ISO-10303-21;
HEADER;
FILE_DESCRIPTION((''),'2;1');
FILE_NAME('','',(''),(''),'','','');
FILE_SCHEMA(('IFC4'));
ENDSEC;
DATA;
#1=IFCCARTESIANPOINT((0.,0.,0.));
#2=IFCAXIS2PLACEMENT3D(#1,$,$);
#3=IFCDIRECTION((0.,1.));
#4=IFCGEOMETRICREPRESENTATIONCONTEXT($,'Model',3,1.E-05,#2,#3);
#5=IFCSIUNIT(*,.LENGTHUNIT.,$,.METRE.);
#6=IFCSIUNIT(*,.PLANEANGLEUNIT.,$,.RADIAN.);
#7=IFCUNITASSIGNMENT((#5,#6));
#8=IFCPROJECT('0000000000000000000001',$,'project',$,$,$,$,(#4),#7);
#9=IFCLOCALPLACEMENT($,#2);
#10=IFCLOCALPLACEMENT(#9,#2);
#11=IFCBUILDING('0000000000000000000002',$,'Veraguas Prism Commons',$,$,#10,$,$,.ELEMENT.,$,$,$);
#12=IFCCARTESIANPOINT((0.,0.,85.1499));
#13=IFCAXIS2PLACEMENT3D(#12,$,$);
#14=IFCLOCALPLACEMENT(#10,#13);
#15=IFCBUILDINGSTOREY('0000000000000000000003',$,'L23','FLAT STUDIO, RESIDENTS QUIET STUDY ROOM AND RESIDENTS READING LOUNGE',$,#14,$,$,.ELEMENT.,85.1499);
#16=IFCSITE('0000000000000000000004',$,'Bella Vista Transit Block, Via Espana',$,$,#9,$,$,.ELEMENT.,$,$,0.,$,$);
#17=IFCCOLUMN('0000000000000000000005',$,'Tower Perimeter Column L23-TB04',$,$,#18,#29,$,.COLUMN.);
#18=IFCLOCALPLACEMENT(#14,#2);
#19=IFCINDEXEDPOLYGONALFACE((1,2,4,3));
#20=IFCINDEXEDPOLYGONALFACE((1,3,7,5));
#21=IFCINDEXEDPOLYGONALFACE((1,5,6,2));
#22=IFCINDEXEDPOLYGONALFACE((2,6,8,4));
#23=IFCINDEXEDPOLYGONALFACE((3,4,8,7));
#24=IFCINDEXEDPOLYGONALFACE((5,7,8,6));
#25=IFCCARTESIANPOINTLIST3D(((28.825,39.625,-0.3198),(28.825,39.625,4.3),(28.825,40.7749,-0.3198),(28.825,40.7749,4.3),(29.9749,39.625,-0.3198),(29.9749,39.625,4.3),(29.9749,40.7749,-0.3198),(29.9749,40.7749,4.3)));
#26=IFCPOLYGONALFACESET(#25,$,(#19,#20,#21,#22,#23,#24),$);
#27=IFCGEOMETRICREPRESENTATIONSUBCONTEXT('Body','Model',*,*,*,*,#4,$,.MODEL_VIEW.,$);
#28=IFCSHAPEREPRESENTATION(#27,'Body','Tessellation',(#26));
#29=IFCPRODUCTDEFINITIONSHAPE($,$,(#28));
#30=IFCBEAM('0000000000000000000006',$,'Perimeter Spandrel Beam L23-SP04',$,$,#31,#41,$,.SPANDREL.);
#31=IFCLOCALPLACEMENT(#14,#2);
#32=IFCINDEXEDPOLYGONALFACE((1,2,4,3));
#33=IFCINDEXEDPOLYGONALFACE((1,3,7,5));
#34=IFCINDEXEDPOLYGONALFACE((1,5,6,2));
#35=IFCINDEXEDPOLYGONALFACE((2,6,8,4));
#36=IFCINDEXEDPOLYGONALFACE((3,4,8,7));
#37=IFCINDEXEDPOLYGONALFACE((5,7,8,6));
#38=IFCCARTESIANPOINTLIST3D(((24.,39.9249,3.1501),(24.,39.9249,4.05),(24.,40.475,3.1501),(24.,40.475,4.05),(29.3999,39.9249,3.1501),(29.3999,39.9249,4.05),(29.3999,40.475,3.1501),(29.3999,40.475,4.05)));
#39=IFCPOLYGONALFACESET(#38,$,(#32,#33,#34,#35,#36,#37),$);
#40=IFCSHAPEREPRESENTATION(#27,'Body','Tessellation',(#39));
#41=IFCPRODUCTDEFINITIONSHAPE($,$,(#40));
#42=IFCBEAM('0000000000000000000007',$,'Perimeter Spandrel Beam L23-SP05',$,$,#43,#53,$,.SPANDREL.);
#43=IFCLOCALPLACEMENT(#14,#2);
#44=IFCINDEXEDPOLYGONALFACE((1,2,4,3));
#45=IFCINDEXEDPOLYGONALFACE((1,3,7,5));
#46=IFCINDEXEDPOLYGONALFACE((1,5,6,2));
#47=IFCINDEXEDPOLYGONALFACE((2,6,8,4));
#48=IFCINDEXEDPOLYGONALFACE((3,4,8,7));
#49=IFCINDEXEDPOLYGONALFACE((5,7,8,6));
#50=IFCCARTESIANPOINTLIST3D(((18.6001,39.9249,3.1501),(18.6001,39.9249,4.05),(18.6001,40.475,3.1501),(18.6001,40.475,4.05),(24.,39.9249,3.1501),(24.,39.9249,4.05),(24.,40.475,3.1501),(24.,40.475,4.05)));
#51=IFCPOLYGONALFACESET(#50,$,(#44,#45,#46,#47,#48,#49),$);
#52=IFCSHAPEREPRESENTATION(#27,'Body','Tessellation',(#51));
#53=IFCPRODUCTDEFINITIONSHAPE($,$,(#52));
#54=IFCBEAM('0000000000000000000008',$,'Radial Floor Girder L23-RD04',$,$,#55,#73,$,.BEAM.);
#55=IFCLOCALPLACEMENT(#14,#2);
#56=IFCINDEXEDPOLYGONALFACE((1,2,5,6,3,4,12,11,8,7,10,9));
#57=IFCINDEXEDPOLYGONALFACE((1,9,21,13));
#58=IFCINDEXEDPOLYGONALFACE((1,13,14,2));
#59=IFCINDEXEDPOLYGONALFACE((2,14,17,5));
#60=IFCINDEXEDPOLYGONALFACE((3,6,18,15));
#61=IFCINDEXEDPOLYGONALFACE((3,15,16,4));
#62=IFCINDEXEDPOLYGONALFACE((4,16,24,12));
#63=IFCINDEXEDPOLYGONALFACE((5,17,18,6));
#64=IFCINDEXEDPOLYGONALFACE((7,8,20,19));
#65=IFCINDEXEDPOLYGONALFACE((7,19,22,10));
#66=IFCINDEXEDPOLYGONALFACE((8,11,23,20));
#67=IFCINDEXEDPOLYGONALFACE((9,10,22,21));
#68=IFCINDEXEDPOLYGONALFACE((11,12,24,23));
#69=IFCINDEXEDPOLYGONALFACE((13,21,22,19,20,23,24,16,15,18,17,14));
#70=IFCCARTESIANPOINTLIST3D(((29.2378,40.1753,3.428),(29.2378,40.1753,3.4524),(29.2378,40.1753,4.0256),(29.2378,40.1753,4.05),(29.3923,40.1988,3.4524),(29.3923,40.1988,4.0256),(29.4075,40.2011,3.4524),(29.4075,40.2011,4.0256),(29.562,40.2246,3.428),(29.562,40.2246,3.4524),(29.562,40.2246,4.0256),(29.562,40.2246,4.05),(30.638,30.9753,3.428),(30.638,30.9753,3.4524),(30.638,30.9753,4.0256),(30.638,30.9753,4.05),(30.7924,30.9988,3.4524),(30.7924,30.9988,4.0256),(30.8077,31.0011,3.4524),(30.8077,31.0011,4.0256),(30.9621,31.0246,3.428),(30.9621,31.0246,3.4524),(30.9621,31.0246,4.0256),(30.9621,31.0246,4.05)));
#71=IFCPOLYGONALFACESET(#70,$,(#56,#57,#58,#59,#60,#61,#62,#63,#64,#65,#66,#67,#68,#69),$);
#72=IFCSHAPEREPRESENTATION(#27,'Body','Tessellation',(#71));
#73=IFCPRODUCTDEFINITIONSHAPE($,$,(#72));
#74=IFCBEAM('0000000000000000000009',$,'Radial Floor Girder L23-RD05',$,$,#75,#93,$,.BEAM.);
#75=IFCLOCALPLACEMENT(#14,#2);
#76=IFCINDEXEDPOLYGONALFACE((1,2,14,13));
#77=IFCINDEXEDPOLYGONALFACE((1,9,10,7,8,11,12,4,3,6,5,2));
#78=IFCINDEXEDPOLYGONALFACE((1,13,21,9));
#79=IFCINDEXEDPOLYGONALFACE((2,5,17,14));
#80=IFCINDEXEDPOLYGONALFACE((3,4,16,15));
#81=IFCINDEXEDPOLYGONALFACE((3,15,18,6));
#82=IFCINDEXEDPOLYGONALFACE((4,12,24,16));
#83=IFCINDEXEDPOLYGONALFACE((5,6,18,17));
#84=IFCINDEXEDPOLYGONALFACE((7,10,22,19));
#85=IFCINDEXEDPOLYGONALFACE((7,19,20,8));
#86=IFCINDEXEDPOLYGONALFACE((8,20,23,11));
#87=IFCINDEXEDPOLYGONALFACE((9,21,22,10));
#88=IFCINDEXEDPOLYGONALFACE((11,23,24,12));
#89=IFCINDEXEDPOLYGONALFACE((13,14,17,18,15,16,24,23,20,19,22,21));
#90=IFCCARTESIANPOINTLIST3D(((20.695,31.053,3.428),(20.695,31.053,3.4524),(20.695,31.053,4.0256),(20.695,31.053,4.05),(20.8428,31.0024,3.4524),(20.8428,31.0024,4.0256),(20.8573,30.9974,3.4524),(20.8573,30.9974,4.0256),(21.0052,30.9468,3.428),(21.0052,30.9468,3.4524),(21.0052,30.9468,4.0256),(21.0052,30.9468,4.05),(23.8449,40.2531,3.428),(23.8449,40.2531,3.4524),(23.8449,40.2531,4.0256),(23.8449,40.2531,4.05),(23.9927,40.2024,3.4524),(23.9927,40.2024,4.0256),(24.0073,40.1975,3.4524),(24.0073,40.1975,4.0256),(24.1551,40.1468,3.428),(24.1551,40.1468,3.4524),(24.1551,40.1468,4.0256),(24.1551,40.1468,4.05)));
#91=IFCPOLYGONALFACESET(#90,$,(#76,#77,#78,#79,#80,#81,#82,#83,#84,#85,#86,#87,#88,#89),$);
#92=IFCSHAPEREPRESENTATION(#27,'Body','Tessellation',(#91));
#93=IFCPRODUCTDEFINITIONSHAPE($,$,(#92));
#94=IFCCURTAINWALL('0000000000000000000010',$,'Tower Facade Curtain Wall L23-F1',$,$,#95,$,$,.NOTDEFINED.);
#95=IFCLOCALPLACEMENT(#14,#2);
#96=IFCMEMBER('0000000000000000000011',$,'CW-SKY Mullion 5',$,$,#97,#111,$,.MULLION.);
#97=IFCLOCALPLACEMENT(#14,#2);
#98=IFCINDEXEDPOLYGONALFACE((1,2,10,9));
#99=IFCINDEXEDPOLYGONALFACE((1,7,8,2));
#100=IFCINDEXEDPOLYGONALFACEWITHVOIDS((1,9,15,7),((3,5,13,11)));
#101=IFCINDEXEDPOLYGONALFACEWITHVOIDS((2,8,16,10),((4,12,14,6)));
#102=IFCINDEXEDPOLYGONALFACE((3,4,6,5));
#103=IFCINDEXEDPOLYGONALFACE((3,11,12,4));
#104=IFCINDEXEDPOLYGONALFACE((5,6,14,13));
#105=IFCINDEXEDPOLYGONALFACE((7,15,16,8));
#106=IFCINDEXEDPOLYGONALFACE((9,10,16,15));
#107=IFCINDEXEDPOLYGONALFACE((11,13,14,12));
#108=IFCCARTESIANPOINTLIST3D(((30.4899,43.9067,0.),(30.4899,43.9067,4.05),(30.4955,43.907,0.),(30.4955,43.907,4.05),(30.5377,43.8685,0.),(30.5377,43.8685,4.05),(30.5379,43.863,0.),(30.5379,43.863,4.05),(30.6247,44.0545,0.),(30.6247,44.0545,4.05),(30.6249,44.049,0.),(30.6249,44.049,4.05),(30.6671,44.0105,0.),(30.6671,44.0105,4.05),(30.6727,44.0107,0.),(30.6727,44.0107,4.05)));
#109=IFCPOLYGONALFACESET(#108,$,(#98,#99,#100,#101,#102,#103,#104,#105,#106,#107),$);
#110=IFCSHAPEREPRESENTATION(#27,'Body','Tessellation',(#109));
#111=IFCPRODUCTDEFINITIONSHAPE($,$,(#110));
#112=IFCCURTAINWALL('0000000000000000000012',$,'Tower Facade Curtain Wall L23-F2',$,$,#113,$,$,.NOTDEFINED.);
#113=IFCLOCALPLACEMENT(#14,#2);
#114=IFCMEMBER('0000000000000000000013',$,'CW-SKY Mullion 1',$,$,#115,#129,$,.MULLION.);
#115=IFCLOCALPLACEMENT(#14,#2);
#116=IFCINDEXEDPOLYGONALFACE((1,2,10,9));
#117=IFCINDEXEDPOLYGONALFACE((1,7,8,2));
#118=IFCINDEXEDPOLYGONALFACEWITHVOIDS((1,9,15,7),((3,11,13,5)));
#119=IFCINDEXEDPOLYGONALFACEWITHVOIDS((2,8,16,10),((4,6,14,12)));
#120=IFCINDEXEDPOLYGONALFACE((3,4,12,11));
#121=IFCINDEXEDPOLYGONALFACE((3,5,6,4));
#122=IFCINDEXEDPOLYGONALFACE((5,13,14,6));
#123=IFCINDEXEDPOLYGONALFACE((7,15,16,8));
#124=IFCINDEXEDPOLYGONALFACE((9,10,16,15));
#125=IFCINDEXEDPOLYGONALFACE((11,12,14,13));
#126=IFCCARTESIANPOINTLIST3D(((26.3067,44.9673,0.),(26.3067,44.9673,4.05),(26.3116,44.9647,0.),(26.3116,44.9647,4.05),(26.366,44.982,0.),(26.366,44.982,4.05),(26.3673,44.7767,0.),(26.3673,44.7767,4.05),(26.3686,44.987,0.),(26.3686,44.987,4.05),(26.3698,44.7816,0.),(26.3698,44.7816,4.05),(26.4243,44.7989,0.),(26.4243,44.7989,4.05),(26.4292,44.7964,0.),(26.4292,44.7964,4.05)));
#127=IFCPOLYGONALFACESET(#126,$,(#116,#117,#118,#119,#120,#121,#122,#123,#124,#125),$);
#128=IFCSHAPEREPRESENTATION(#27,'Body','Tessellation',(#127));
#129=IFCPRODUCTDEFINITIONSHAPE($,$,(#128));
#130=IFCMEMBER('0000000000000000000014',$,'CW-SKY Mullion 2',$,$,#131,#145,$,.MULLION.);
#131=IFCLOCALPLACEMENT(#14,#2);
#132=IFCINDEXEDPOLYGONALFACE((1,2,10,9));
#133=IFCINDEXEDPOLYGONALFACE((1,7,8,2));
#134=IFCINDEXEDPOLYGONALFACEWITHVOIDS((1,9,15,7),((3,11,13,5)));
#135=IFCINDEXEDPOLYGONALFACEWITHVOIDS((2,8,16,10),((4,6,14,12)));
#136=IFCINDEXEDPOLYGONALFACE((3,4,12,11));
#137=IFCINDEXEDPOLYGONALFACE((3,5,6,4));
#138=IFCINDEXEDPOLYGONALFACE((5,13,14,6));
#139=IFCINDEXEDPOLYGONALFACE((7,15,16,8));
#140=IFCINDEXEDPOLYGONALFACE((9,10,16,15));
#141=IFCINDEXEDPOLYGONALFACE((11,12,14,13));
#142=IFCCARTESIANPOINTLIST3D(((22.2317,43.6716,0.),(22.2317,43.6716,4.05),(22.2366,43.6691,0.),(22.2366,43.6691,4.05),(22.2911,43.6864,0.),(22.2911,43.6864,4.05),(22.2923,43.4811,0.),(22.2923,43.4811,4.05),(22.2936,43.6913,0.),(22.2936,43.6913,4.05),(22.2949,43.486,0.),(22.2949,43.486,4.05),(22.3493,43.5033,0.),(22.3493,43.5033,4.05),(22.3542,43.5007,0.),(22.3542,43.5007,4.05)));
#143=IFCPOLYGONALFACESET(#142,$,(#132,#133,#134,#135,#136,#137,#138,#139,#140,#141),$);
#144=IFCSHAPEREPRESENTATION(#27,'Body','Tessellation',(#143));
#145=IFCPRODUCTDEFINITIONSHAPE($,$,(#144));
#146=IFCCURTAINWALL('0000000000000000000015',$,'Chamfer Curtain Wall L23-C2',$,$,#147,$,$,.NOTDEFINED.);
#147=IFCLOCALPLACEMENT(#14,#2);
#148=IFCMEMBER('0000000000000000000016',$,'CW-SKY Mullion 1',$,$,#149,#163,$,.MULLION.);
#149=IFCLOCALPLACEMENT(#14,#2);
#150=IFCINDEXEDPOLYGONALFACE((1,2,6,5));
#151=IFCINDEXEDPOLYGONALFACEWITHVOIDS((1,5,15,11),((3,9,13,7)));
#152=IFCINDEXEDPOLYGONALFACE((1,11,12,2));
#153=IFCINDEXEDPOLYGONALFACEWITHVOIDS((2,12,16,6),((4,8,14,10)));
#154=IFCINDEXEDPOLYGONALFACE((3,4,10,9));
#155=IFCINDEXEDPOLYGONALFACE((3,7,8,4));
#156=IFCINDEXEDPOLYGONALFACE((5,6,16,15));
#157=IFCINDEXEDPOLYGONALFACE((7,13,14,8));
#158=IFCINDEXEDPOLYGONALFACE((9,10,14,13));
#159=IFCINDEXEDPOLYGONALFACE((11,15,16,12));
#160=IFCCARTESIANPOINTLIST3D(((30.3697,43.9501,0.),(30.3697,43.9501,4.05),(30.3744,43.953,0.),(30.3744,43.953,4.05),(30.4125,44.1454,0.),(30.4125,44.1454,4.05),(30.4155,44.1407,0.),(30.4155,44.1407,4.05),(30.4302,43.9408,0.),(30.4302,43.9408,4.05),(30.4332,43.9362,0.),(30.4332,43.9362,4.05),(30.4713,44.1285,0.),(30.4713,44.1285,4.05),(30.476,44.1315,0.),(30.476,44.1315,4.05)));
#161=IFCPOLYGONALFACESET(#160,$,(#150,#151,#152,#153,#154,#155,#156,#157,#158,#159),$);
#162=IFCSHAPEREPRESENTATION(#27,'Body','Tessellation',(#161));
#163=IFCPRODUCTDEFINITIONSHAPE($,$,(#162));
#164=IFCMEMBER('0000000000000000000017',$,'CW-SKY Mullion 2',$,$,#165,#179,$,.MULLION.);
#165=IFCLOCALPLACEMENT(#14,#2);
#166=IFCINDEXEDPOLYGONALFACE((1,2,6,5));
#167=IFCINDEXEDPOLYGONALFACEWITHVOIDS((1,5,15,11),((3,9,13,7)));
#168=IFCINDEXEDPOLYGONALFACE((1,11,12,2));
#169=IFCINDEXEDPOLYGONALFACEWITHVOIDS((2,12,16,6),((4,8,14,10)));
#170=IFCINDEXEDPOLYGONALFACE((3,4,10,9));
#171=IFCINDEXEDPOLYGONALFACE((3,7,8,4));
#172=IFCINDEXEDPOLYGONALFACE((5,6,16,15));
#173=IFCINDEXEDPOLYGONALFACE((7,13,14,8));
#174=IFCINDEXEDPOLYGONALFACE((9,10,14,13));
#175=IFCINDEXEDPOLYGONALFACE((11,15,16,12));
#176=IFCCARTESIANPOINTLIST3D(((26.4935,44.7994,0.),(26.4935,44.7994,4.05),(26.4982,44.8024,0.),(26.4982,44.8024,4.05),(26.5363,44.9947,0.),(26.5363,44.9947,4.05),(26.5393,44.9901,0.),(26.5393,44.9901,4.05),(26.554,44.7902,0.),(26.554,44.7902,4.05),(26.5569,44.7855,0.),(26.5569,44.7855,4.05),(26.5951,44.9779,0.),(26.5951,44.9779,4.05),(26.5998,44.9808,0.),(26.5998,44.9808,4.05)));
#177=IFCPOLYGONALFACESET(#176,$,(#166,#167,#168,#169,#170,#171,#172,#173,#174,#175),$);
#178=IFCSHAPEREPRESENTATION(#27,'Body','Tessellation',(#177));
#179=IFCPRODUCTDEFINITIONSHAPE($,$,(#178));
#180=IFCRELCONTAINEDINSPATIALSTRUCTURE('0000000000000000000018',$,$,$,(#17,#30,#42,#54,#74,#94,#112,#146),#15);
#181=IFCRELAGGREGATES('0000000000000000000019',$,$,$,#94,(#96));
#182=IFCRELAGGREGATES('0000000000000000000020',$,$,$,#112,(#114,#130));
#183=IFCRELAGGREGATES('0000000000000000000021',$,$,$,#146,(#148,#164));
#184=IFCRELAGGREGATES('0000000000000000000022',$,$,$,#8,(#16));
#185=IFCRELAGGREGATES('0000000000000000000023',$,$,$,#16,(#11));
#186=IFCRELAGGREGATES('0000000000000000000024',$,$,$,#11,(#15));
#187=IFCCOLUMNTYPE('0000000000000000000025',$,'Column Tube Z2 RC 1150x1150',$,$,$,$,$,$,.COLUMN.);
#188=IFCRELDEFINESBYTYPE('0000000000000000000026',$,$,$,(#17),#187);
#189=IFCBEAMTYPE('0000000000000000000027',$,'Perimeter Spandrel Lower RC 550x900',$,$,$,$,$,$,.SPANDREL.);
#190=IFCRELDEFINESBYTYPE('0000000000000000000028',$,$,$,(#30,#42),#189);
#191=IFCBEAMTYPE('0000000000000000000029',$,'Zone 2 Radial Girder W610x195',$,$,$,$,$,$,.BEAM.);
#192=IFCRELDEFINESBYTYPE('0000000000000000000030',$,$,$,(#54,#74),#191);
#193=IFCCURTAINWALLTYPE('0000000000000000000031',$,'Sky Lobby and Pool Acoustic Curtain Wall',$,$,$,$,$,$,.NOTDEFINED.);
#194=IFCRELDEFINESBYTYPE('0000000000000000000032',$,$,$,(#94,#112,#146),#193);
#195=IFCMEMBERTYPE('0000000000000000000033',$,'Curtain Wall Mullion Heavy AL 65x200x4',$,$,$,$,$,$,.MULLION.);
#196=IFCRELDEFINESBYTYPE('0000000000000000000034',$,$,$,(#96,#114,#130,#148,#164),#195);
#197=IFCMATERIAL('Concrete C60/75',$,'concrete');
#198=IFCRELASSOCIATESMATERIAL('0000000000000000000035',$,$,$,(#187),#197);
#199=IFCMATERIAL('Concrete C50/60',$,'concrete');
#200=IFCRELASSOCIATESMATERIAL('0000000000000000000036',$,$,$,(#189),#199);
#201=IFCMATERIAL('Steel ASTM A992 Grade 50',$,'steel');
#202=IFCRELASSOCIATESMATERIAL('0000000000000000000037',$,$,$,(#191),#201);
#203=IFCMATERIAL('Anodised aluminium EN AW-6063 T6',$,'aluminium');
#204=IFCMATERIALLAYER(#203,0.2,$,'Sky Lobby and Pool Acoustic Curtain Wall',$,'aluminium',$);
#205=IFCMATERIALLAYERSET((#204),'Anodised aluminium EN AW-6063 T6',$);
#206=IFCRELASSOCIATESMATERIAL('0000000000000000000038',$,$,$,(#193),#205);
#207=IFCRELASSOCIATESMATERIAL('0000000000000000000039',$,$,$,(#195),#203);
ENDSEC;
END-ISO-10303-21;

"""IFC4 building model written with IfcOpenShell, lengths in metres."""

from ifc_helpers import new_model, si_unit, direction, frame, origin, origin_2d, place, context, subcontext, project, spatial, rectangle, hollow_rectangle, i_section, extrude, source, transform, mapped, material, layer, layer_set, material_profile, profile_set, type_object, element, aggregate, save


model = new_model("IFC4")

# Units and contexts
model_context = context("Model", 3, precision=1e-05, world=origin(), true_north=direction((0.0, 1.0)))
body_context = subcontext(model_context, "Body", "Model", "MODEL_VIEW")
ifc_project = project(units=[si_unit("LENGTHUNIT", "METRE"), si_unit("PLANEANGLEUNIT", "RADIAN")], contexts=[model_context])

# Site, building, storey
site_placement = place(None, origin())
site = spatial("IfcSite", under=ifc_project, at=site_placement, Name="Bella Vista Transit Block, Via Espana", CompositionType="ELEMENT", RefElevation=0.0)
building_placement = place(site_placement, origin())
building = spatial("IfcBuilding", under=site, at=building_placement, Name="Veraguas Prism Commons", CompositionType="ELEMENT")
storey_placement = place(building_placement, frame((0.0, 0.0, 85.1499)))
storey = spatial("IfcBuildingStorey", under=building, at=storey_placement, Name="L23", Description="FLAT STUDIO, RESIDENTS QUIET STUDY ROOM AND RESIDENTS READING LOUNGE", CompositionType="ELEMENT", Elevation=85.1499)

# Column
ifc_material_1 = material(Name="Concrete C60/75", Category="concrete")
ifc_material_profile_1 = material_profile(ifc_material_1, rectangle(XDim=1.1499, YDim=1.1499, at=origin_2d()), Name="RC1150X1150")
ifc_profile_set_1 = profile_set([ifc_material_profile_1], Name="Concrete C60/75")
column_type = type_object("IfcColumnType", Name="Column Tube Z2 RC 1150x1150", PredefinedType="COLUMN", material=ifc_profile_set_1)
column_placement = place(storey_placement, frame((29.3999, 40.2, -0.3198), z_axis=(0.0, 0.0, 1.0), x_axis=(1.0, 0.0, 0.0)))
element("IfcColumn", 1, at=column_placement, inside=storey, type_object=column_type, Name="Tower Perimeter Column L23-TB04", PredefinedType="COLUMN", context=body_context, shape_type="SweptSolid", body=[
    extrude(rectangle(XDim=1.1499, YDim=1.1499, at=origin_2d()), origin(), (0.0, 0.0, 1.0), 4.6199),
])

# Beams
ifc_material_2 = material(Name="Concrete C50/60", Category="concrete")
ifc_material_profile_2 = material_profile(ifc_material_2, rectangle(XDim=0.55, YDim=0.8999, at=origin_2d()), Name="RC550X900")
ifc_profile_set_2 = profile_set([ifc_material_profile_2], Name="Concrete C50/60")
beam_type_1 = type_object("IfcBeamType", Name="Perimeter Spandrel Lower RC 550x900", PredefinedType="SPANDREL", material=ifc_profile_set_2)
for number, where, z_axis, x_axis, name in (
    (2, (29.3999, 40.2, 3.6001), (-1.0, 0.0, 0.0), (0.0, -1.0, 0.0), "Perimeter Spandrel Beam L23-SP04"),
    (3, (24.0, 40.2, 3.6001), (-1.0, 0.0, 0.0), (0.0, -1.0, 0.0), "Perimeter Spandrel Beam L23-SP05"),
):
    element("IfcBeam", number, at=place(storey_placement, frame(where, z_axis=z_axis, x_axis=x_axis)), inside=storey, type_object=beam_type_1, Name=name, PredefinedType="SPANDREL", context=body_context, shape_type="SweptSolid", body=[
        extrude(rectangle(XDim=0.55, YDim=0.8999, at=origin_2d()), origin(), (0.0, 0.0, 1.0), 5.3999),
    ])
ifc_material_3 = material(Name="Steel ASTM A992 Grade 50", Category="steel")
ifc_material_profile_3 = material_profile(ifc_material_3, i_section(OverallWidth=0.3279, OverallDepth=0.6221, WebThickness=0.0154, FlangeThickness=0.0244, at=origin_2d()), Name="W610X195")
ifc_profile_set_3 = profile_set([ifc_material_profile_3], Name="Steel ASTM A992 Grade 50")
beam_type_2 = type_object("IfcBeamType", Name="Zone 2 Radial Girder W610x195", PredefinedType="BEAM", material=ifc_profile_set_3)
beam_1_placement = place(storey_placement, frame((29.3999, 40.2, 3.739), z_axis=(0.150458, -0.988616, 0.0), x_axis=(0.988616, 0.150458, 0.0)))
element("IfcBeam", 4, at=beam_1_placement, inside=storey, type_object=beam_type_2, Name="Radial Floor Girder L23-RD04", PredefinedType="BEAM", context=body_context, shape_type="SweptSolid", body=[
    extrude(i_section(OverallWidth=0.3279, OverallDepth=0.6221, WebThickness=0.0154, FlangeThickness=0.0244, at=origin_2d()), origin(), (0.0, 0.0, 1.0), 9.3059),
])
beam_2_placement = place(storey_placement, frame((24.0, 40.2, 3.739), z_axis=(-0.323922, -0.946084, 0.0), x_axis=(0.946084, -0.323922, 0.0)))
element("IfcBeam", 5, at=beam_2_placement, inside=storey, type_object=beam_type_2, Name="Radial Floor Girder L23-RD05", PredefinedType="BEAM", context=body_context, shape_type="SweptSolid", body=[
    extrude(i_section(OverallWidth=0.3279, OverallDepth=0.6221, WebThickness=0.0154, FlangeThickness=0.0244, at=origin_2d()), origin(), (0.0, 0.0, 1.0), 9.7244),
])

# Curtain wall, member
ifc_material_4 = material(Name="Anodised aluminium EN AW-6063 T6", Category="aluminium")
ifc_layer_1 = layer(ifc_material_4, 0.2, Name="Sky Lobby and Pool Acoustic Curtain Wall", Category="aluminium")
ifc_layer_set_1 = layer_set([ifc_layer_1], Name="Anodised aluminium EN AW-6063 T6")
curtain_wall_type = type_object("IfcCurtainWallType", Name="Sky Lobby and Pool Acoustic Curtain Wall", PredefinedType="NOTDEFINED", material=ifc_layer_set_1)
curtain_wall_1_placement = place(storey_placement, origin())
curtain_wall_1 = element("IfcCurtainWall", 6, at=curtain_wall_1_placement, inside=storey, type_object=curtain_wall_type, Name="Tower Facade Curtain Wall L23-F1", PredefinedType="NOTDEFINED")
ifc_material_profile_4 = material_profile(ifc_material_4, hollow_rectangle(XDim=0.0649, YDim=0.2, WallThickness=0.0039, at=origin_2d()), Name="AL65X200X4")
ifc_profile_set_4 = profile_set([ifc_material_profile_4], Name="Anodised aluminium EN AW-6063 T6")
member_type_1 = type_object("IfcMemberType", Name="Curtain Wall Mullion Heavy AL 65x200x4", PredefinedType="MULLION", material=ifc_profile_set_4)
shared_shape_1 = source(origin(), body_context, "Body", "SweptSolid", [
    extrude(hollow_rectangle(XDim=0.0649, YDim=0.2, WallThickness=0.0039, at=origin_2d()), origin(), (0.0, 0.0, 1.0), 4.05),
])
member_1_placement = place(storey_placement, frame((30.5813, 43.9587, 0.0), z_axis=(0.0, 0.0, 1.0), x_axis=(-0.738925, 0.673788, 0.0)))
member_1 = element("IfcMember", 7, at=member_1_placement, type_object=member_type_1, Name="CW-SKY Mullion 5", PredefinedType="MULLION", context=body_context, shape_type="MappedRepresentation", body=[
    mapped(shared_shape_1, transform((0.0, 0.0, 0.0), scale=1.0)),
])
aggregate(curtain_wall_1, [member_1])

# Curtain walls, members
curtain_wall_2_placement = place(storey_placement, origin())
curtain_wall_2 = element("IfcCurtainWall", 8, at=curtain_wall_2_placement, inside=storey, type_object=curtain_wall_type, Name="Tower Facade Curtain Wall L23-F2", PredefinedType="NOTDEFINED")
member_2_placement = place(storey_placement, frame((26.3679, 44.8818, 0.0), z_axis=(0.0, 0.0, 1.0), x_axis=(-0.952979, -0.303035, 0.0)))
member_2 = element("IfcMember", 9, at=member_2_placement, type_object=member_type_1, Name="CW-SKY Mullion 1", PredefinedType="MULLION", context=body_context, shape_type="MappedRepresentation", body=[
    mapped(shared_shape_1, transform((0.0, 0.0, 0.0), scale=1.0)),
])
member_3_placement = place(storey_placement, frame((22.293, 43.5862, 0.0), z_axis=(0.0, 0.0, 1.0), x_axis=(-0.952979, -0.303035, 0.0)))
member_3 = element("IfcMember", 10, at=member_3_placement, type_object=member_type_1, Name="CW-SKY Mullion 2", PredefinedType="MULLION", context=body_context, shape_type="MappedRepresentation", body=[
    mapped(shared_shape_1, transform((0.0, 0.0, 0.0), scale=1.0)),
])
curtain_wall_3_placement = place(storey_placement, origin())
curtain_wall_3 = element("IfcCurtainWall", 11, at=curtain_wall_3_placement, inside=storey, type_object=curtain_wall_type, Name="Chamfer Curtain Wall L23-C2", PredefinedType="NOTDEFINED")
member_4_placement = place(storey_placement, frame((30.4229, 44.0408, 0.0), z_axis=(0.0, 0.0, 1.0), x_axis=(-0.976817, 0.214074, 0.0)))
member_4 = element("IfcMember", 12, at=member_4_placement, type_object=member_type_1, Name="CW-SKY Mullion 1", PredefinedType="MULLION", context=body_context, shape_type="MappedRepresentation", body=[
    mapped(shared_shape_1, transform((0.0, 0.0, 0.0), scale=1.0)),
])
member_5_placement = place(storey_placement, frame((26.5466, 44.8901, 0.0), z_axis=(0.0, 0.0, 1.0), x_axis=(-0.976817, 0.214074, 0.0)))
member_5 = element("IfcMember", 13, at=member_5_placement, type_object=member_type_1, Name="CW-SKY Mullion 2", PredefinedType="MULLION", context=body_context, shape_type="MappedRepresentation", body=[
    mapped(shared_shape_1, transform((0.0, 0.0, 0.0), scale=1.0)),
])

aggregate(curtain_wall_2, [member_2, member_3])
aggregate(curtain_wall_3, [member_4, member_5])

save(model, "model.ifc")
